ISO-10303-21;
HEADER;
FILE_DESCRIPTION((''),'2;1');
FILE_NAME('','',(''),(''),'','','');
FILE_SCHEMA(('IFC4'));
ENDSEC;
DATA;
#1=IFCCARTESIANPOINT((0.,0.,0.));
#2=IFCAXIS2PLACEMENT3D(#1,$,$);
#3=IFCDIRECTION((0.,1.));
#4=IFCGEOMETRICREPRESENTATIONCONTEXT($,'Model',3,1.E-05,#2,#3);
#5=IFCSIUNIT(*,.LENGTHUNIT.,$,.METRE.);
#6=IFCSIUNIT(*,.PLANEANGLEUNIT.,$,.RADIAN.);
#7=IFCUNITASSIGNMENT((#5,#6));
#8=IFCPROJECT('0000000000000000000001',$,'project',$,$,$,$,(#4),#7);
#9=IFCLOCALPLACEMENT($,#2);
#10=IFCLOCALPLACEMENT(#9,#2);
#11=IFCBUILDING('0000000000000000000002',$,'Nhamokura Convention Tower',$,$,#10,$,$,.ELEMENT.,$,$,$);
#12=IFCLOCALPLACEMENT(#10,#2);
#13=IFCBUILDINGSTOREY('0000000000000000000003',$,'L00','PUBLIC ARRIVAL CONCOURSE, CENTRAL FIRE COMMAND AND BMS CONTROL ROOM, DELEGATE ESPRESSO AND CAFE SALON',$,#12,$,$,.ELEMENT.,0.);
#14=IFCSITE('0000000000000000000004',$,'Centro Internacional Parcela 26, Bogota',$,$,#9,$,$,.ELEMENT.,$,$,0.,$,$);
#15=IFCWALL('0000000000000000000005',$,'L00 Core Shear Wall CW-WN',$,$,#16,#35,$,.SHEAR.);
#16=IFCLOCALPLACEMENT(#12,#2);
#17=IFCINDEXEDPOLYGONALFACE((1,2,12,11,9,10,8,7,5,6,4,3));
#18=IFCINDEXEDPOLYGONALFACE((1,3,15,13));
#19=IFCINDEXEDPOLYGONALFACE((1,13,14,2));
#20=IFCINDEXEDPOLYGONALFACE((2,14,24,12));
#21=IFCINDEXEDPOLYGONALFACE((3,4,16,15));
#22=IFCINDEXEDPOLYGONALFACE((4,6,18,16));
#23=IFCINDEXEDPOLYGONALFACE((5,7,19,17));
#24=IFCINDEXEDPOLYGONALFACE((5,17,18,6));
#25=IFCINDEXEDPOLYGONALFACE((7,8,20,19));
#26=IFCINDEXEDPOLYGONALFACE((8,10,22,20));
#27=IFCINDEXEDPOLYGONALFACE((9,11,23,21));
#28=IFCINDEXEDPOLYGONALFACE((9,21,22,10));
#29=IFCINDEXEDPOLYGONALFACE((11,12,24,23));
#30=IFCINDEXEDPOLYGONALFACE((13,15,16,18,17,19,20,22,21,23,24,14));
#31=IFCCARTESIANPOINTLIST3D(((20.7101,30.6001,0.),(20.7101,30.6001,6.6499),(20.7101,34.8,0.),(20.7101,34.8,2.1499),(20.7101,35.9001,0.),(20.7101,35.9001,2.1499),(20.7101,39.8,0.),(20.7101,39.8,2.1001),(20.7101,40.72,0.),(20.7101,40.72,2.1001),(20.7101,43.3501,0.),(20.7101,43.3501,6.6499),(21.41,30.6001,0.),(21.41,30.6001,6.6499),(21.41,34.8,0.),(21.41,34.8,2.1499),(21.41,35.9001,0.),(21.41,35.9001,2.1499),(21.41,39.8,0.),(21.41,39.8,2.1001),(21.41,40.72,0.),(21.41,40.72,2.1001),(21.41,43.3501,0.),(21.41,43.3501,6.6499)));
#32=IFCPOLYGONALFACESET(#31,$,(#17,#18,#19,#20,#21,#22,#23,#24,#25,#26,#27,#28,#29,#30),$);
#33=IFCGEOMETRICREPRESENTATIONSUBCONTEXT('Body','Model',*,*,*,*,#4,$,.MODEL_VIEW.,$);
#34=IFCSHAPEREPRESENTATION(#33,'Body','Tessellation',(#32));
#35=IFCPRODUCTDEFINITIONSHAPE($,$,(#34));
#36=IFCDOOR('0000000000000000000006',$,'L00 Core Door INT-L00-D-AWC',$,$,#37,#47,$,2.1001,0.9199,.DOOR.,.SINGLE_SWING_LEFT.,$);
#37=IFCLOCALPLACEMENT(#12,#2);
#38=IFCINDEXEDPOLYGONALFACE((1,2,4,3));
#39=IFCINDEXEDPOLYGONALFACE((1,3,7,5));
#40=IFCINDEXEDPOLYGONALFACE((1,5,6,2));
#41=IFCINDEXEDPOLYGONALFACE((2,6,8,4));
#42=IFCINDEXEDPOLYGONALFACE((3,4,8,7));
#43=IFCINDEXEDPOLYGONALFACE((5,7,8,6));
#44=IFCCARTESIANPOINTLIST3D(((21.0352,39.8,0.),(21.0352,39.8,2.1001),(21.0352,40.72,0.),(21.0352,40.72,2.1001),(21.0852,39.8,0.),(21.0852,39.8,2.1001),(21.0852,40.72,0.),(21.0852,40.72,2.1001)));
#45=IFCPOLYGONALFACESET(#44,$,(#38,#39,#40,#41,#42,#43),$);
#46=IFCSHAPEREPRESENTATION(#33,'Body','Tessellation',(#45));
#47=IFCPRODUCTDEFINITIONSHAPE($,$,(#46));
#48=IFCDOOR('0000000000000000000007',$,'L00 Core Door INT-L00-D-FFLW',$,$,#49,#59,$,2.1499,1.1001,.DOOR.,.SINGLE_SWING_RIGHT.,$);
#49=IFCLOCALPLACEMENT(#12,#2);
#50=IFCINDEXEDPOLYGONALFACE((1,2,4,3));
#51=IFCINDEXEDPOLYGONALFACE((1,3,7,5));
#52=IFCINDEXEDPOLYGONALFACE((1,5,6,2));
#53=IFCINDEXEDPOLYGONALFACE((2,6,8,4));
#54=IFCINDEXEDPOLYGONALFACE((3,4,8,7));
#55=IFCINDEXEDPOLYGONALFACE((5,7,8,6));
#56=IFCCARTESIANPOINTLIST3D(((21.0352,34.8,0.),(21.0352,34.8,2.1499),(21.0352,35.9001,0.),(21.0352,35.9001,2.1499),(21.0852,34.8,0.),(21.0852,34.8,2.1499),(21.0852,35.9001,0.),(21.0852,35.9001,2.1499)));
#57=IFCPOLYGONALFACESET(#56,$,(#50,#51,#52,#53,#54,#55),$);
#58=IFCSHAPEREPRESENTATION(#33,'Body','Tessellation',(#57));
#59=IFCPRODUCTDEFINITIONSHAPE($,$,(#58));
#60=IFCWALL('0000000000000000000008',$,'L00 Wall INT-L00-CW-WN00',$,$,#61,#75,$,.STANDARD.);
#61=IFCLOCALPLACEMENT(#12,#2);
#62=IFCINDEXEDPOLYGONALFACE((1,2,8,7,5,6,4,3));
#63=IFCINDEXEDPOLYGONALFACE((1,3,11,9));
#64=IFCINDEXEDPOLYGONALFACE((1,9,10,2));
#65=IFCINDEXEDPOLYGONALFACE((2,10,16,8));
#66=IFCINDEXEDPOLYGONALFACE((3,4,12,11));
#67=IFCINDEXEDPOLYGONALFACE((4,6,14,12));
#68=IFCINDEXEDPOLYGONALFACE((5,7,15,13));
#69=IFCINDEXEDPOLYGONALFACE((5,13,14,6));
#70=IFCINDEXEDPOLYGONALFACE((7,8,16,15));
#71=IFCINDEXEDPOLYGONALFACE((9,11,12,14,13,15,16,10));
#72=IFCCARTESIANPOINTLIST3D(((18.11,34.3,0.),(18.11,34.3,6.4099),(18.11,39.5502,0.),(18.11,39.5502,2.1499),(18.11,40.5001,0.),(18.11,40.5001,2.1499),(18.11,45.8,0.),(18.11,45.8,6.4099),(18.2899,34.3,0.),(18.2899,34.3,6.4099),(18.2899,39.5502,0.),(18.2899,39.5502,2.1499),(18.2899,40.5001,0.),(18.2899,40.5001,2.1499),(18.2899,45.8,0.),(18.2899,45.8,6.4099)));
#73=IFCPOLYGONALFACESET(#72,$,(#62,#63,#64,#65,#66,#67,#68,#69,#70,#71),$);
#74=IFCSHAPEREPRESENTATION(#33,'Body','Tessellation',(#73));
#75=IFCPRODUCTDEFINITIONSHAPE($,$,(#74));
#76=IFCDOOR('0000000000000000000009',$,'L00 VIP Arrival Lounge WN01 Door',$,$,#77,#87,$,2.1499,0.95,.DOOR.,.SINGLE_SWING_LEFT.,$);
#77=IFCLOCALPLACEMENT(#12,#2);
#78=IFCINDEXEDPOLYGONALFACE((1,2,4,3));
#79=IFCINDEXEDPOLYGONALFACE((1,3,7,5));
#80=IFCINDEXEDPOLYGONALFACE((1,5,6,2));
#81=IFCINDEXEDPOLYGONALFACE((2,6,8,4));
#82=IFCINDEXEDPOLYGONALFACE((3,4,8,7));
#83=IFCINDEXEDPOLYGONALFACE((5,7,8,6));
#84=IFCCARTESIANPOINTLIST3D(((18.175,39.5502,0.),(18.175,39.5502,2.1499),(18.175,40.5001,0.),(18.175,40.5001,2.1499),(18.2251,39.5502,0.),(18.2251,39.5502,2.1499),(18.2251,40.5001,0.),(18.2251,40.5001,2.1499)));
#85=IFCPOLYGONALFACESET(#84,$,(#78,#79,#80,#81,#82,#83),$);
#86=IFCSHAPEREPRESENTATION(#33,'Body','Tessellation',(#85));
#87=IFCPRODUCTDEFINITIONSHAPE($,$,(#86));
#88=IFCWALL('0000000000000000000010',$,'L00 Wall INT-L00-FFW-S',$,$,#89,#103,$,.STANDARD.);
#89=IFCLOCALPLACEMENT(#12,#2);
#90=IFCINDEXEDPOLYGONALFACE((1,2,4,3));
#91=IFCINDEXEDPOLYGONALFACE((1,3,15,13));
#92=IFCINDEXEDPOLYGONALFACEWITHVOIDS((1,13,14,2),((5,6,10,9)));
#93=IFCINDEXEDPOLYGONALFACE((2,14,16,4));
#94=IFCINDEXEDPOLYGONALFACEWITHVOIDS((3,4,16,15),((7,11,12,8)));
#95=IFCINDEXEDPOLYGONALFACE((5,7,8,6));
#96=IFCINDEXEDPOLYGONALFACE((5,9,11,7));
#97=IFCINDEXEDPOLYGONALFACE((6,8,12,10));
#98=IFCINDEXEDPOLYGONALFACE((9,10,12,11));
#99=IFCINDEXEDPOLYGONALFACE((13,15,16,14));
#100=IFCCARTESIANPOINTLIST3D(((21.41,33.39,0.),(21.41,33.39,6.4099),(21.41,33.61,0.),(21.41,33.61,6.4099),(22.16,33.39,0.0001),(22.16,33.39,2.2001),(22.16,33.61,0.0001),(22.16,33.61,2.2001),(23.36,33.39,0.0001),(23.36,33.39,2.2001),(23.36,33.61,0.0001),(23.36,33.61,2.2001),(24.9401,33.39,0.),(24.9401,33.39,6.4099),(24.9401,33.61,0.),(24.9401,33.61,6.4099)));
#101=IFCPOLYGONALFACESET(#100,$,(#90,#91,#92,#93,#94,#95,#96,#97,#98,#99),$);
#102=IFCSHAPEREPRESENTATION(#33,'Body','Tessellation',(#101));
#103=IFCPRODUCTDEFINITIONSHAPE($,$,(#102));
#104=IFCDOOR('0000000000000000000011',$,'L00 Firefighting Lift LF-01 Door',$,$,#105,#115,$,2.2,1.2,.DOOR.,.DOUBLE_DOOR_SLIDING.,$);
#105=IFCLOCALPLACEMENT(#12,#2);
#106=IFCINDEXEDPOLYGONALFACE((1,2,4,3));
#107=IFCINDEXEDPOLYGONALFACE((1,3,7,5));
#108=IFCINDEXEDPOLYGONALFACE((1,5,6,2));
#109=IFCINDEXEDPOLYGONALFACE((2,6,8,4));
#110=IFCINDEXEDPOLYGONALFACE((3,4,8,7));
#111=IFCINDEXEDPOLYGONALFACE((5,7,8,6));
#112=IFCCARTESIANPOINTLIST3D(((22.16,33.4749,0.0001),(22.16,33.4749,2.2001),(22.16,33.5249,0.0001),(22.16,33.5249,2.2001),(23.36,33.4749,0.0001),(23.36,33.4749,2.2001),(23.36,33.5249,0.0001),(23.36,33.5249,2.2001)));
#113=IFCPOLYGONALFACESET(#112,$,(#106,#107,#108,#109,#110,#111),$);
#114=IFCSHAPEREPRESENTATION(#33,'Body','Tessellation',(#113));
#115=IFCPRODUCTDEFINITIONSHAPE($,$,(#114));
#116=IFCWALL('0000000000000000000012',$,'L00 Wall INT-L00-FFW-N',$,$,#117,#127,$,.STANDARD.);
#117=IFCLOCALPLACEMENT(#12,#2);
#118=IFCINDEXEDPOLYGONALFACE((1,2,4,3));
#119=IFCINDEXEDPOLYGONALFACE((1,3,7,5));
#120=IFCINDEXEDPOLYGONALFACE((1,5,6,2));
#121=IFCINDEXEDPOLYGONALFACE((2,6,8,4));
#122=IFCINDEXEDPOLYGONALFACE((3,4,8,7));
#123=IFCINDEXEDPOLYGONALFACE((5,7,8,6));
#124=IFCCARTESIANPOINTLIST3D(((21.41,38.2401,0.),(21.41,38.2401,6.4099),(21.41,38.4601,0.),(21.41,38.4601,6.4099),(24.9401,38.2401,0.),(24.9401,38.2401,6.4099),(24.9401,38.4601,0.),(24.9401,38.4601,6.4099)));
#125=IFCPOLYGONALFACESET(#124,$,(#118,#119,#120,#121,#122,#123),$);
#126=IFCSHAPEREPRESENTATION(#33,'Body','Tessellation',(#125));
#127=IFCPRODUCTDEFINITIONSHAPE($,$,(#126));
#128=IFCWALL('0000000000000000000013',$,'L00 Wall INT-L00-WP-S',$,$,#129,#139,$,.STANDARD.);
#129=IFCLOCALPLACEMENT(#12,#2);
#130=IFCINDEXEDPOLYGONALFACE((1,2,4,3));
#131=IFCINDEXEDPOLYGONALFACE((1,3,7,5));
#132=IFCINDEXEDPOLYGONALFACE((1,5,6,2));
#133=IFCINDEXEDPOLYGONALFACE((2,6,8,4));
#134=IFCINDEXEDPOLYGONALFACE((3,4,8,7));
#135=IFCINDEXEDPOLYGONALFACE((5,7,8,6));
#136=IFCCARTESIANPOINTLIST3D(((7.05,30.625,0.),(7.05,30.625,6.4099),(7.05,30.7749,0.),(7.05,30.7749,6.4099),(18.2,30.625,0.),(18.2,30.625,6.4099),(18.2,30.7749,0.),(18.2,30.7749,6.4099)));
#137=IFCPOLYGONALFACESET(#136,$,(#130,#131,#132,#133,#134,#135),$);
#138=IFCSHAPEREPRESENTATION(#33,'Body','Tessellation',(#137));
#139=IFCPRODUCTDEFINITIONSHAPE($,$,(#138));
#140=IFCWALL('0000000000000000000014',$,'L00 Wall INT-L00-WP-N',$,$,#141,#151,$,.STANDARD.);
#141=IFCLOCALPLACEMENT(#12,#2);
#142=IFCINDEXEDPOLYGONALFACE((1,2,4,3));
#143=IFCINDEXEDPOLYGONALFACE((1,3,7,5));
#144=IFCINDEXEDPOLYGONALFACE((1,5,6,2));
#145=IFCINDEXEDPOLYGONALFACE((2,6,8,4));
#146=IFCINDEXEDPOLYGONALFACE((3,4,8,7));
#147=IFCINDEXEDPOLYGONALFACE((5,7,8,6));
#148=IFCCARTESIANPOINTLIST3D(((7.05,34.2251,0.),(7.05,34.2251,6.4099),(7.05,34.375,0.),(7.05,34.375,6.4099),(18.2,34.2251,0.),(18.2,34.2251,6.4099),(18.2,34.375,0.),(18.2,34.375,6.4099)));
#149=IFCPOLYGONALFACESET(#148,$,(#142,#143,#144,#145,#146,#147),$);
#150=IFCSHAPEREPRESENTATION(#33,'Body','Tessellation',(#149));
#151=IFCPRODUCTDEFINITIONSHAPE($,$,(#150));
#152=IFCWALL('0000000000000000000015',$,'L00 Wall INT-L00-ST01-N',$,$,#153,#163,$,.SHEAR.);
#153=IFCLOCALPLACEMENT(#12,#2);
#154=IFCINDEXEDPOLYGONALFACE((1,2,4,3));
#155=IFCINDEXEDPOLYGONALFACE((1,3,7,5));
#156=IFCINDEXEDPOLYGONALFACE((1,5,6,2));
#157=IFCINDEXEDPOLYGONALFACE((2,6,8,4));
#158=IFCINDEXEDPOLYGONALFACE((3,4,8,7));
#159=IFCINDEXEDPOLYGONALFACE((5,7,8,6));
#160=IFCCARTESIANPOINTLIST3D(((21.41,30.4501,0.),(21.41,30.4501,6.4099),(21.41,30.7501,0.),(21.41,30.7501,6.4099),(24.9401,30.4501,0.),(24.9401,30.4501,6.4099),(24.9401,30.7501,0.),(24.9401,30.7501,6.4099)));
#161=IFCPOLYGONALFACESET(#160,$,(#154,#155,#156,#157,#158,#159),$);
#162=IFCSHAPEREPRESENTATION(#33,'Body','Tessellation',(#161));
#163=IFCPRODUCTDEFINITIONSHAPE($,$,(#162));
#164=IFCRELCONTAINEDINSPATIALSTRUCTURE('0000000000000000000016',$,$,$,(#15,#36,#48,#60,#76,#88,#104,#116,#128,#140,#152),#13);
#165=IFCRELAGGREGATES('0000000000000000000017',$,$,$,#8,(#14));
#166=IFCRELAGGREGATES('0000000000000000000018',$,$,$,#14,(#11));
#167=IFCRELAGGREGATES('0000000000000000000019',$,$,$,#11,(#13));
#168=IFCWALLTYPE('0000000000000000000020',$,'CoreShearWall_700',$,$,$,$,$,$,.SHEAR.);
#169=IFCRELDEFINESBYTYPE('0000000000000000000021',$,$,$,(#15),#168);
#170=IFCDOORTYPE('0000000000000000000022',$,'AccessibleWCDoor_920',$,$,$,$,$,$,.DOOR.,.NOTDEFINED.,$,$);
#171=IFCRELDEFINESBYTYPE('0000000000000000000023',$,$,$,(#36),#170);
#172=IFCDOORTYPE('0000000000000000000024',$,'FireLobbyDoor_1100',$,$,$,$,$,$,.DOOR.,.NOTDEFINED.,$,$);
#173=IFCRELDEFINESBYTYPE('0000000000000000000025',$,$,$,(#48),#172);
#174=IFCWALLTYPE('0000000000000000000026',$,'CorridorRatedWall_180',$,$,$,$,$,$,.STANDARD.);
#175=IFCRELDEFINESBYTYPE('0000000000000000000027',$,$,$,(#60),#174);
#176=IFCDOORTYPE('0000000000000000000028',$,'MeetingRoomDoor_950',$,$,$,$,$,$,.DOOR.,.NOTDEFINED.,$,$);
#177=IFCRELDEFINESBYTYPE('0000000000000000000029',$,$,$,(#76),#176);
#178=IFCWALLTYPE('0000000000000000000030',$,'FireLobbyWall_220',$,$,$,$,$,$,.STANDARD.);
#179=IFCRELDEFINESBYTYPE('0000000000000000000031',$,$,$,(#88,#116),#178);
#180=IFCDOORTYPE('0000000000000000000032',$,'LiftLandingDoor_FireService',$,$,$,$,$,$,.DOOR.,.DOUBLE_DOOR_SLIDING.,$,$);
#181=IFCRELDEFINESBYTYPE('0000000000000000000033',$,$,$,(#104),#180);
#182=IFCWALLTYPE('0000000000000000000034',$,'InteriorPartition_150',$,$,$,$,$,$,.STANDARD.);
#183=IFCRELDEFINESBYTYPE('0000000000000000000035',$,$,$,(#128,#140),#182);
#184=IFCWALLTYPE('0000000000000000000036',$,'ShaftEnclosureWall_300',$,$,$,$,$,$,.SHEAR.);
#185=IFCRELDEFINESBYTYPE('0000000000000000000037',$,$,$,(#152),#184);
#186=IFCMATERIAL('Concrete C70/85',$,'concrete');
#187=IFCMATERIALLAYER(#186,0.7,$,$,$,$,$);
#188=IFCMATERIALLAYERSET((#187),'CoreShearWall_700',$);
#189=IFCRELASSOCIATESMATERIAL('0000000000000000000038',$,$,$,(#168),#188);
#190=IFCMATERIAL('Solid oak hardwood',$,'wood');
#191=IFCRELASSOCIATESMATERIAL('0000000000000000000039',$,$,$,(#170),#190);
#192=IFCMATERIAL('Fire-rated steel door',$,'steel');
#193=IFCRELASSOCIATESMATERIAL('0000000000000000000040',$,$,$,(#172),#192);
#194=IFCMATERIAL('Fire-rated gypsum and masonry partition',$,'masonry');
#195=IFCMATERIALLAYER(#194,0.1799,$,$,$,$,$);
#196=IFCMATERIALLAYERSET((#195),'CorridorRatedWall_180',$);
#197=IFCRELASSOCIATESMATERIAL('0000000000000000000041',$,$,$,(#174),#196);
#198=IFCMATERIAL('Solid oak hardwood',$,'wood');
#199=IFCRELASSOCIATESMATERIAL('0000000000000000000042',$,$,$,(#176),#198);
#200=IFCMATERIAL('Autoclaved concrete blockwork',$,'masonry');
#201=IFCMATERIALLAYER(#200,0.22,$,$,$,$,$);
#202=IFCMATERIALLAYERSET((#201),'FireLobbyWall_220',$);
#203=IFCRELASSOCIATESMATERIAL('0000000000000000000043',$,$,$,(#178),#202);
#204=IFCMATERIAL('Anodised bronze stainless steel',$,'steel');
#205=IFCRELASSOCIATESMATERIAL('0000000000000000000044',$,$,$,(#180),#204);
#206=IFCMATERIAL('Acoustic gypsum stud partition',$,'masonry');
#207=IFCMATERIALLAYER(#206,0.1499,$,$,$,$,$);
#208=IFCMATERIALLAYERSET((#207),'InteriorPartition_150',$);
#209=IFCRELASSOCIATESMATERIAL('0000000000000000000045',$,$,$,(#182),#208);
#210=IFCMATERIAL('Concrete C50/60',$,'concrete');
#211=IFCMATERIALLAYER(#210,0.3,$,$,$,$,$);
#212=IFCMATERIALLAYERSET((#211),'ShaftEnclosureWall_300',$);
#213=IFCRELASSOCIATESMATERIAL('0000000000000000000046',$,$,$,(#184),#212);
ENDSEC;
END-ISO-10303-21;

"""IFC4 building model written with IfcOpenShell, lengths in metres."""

from ifc_helpers import new_model, si_unit, direction, frame, frame_2d, origin, place, context, subcontext, project, spatial, rectangle, extrude, material, layer, layer_set, type_object, element, fill, save


model = new_model("IFC4")

# Units and contexts
model_context = context("Model", 3, precision=1e-05, world=origin(), true_north=direction((0.0, 1.0)))
body_context = subcontext(model_context, "Body", "Model", "MODEL_VIEW")
ifc_project = project(units=[si_unit("LENGTHUNIT", "METRE"), si_unit("PLANEANGLEUNIT", "RADIAN")], contexts=[model_context])

# Site, building, storey
site_placement = place(None, origin())
site = spatial("IfcSite", under=ifc_project, at=site_placement, Name="Centro Internacional Parcela 26, Bogota", CompositionType="ELEMENT", RefElevation=0.0)
building_placement = place(site_placement, origin())
building = spatial("IfcBuilding", under=site, at=building_placement, Name="Nhamokura Convention Tower", CompositionType="ELEMENT")
storey_placement = place(building_placement, origin())
storey = spatial("IfcBuildingStorey", under=building, at=storey_placement, Name="L00", Description="PUBLIC ARRIVAL CONCOURSE, CENTRAL FIRE COMMAND AND BMS CONTROL ROOM, DELEGATE ESPRESSO AND CAFE SALON", CompositionType="ELEMENT", Elevation=0.0)

# Wall, openings, doors
ifc_material_1 = material(Name="Concrete C70/85", Category="concrete")
ifc_layer_1 = layer(ifc_material_1, 0.7)
ifc_layer_set_1 = layer_set([ifc_layer_1], Name="CoreShearWall_700")
wall_type_1 = type_object("IfcWallType", Name="CoreShearWall_700", PredefinedType="SHEAR", material=ifc_layer_set_1)
wall_1_placement = place(storey_placement, frame((21.0601, 30.6001, 0.0), z_axis=(0.0, 0.0, 1.0), x_axis=(0.0, 1.0, 0.0)))
wall_1 = element("IfcWall", 1, at=wall_1_placement, inside=storey, type_object=wall_type_1, Name="L00 Core Shear Wall CW-WN", PredefinedType="SHEAR", context=body_context, shape_type="SweptSolid", body=[
    extrude(rectangle(XDim=12.75, YDim=0.7, at=frame_2d((6.375, 0.0))), origin(), (0.0, 0.0, 1.0), 6.6499),
])
opening_1_placement = place(wall_1_placement, frame((4.2, 0.0, 0.0)))
opening_1 = element("IfcOpeningElement", 2, at=opening_1_placement, cuts=wall_1, PredefinedType="OPENING", context=body_context, shape_type="SweptSolid", body=[
    extrude(rectangle(XDim=1.1001, YDim=2.1499, at=frame_2d((0.55, 1.075))), frame((0.0, 0.3599, 0.0), z_axis=(0.0, -1.0, 0.0), x_axis=(1.0, 0.0, 0.0)), (0.0, 0.0, 1.0), 0.72),
])
opening_2_placement = place(wall_1_placement, frame((9.2, 0.0, 0.0)))
opening_2 = element("IfcOpeningElement", 3, at=opening_2_placement, cuts=wall_1, PredefinedType="OPENING", context=body_context, shape_type="SweptSolid", body=[
    extrude(rectangle(XDim=0.9199, YDim=2.1001, at=frame_2d((0.46, 1.05))), frame((0.0, 0.3599, 0.0), z_axis=(0.0, -1.0, 0.0), x_axis=(1.0, 0.0, 0.0)), (0.0, 0.0, 1.0), 0.72),
])
ifc_material_2 = material(Name="Solid oak hardwood", Category="wood")
door_type_1 = type_object("IfcDoorType", Name="AccessibleWCDoor_920", OperationType="NOTDEFINED", PredefinedType="DOOR", material=ifc_material_2)
door_1_placement = place(opening_2_placement, origin())
door_1 = element("IfcDoor", 4, at=door_1_placement, inside=storey, type_object=door_type_1, Name="L00 Core Door INT-L00-D-AWC", OperationType="SINGLE_SWING_LEFT", OverallHeight=2.1001, OverallWidth=0.9199, PredefinedType="DOOR", context=body_context, shape_type="SweptSolid", body=[
    extrude(rectangle(XDim=0.9199, YDim=2.1001, at=frame_2d((0.46, 1.05))), frame((0.0, 0.0249, 0.0), z_axis=(0.0, -1.0, 0.0), x_axis=(1.0, 0.0, 0.0)), (0.0, 0.0, 1.0), 0.05),
])
fill(opening_2, door_1)
ifc_material_3 = material(Name="Fire-rated steel door", Category="steel")
door_type_2 = type_object("IfcDoorType", Name="FireLobbyDoor_1100", OperationType="NOTDEFINED", PredefinedType="DOOR", material=ifc_material_3)
door_2_placement = place(opening_1_placement, origin())
door_2 = element("IfcDoor", 5, at=door_2_placement, inside=storey, type_object=door_type_2, Name="L00 Core Door INT-L00-D-FFLW", OperationType="SINGLE_SWING_RIGHT", OverallHeight=2.1499, OverallWidth=1.1001, PredefinedType="DOOR", context=body_context, shape_type="SweptSolid", body=[
    extrude(rectangle(XDim=1.1001, YDim=2.1499, at=frame_2d((0.55, 1.075))), frame((0.0, 0.0249, 0.0), z_axis=(0.0, -1.0, 0.0), x_axis=(1.0, 0.0, 0.0)), (0.0, 0.0, 1.0), 0.05),
])
fill(opening_1, door_2)

# Walls, openings, doors
ifc_material_4 = material(Name="Fire-rated gypsum and masonry partition", Category="masonry")
ifc_layer_2 = layer(ifc_material_4, 0.1799)
ifc_layer_set_2 = layer_set([ifc_layer_2], Name="CorridorRatedWall_180")
wall_type_2 = type_object("IfcWallType", Name="CorridorRatedWall_180", PredefinedType="STANDARD", material=ifc_layer_set_2)
wall_2_placement = place(storey_placement, frame((18.2, 34.3, 0.0), z_axis=(0.0, 0.0, 1.0), x_axis=(0.0, 1.0, 0.0)))
wall_2 = element("IfcWall", 6, at=wall_2_placement, inside=storey, type_object=wall_type_2, Name="L00 Wall INT-L00-CW-WN00", PredefinedType="STANDARD", context=body_context, shape_type="SweptSolid", body=[
    extrude(rectangle(XDim=11.5, YDim=0.1799, at=frame_2d((5.75, 0.0))), origin(), (0.0, 0.0, 1.0), 6.4099),
])
opening_3_placement = place(wall_2_placement, frame((5.25, 0.0, 0.0)))
opening_3 = element("IfcOpeningElement", 7, at=opening_3_placement, cuts=wall_2, PredefinedType="OPENING", context=body_context, shape_type="SweptSolid", body=[
    extrude(rectangle(XDim=0.95, YDim=2.1499, at=frame_2d((0.4751, 1.075))), frame((0.0, 0.0999, 0.0), z_axis=(0.0, -1.0, 0.0), x_axis=(1.0, 0.0, 0.0)), (0.0, 0.0, 1.0), 0.2),
])
ifc_material_5 = material(Name="Solid oak hardwood", Category="wood")
door_type_3 = type_object("IfcDoorType", Name="MeetingRoomDoor_950", OperationType="NOTDEFINED", PredefinedType="DOOR", material=ifc_material_5)
door_3_placement = place(opening_3_placement, origin())
door_3 = element("IfcDoor", 8, at=door_3_placement, inside=storey, type_object=door_type_3, Name="L00 VIP Arrival Lounge WN01 Door", OperationType="SINGLE_SWING_LEFT", OverallHeight=2.1499, OverallWidth=0.95, PredefinedType="DOOR", context=body_context, shape_type="SweptSolid", body=[
    extrude(rectangle(XDim=0.95, YDim=2.1499, at=frame_2d((0.4751, 1.075))), frame((0.0, 0.0249, 0.0), z_axis=(0.0, -1.0, 0.0), x_axis=(1.0, 0.0, 0.0)), (0.0, 0.0, 1.0), 0.05),
])
fill(opening_3, door_3)
ifc_material_6 = material(Name="Autoclaved concrete blockwork", Category="masonry")
ifc_layer_3 = layer(ifc_material_6, 0.22)
ifc_layer_set_3 = layer_set([ifc_layer_3], Name="FireLobbyWall_220")
wall_type_3 = type_object("IfcWallType", Name="FireLobbyWall_220", PredefinedType="STANDARD", material=ifc_layer_set_3)
wall_3_placement = place(storey_placement, frame((21.4099, 33.5, 0.0), z_axis=(0.0, 0.0, 1.0), x_axis=(1.0, 0.0, 0.0)))
wall_3 = element("IfcWall", 9, at=wall_3_placement, inside=storey, type_object=wall_type_3, Name="L00 Wall INT-L00-FFW-S", PredefinedType="STANDARD", context=body_context, shape_type="SweptSolid", body=[
    extrude(rectangle(XDim=3.53, YDim=0.22, at=frame_2d((1.7651, 0.0))), origin(), (0.0, 0.0, 1.0), 6.4099),
])
opening_4_placement = place(wall_3_placement, frame((0.75, 0.0, 0.0)))
opening_4 = element("IfcOpeningElement", 10, at=opening_4_placement, cuts=wall_3, PredefinedType="OPENING", context=body_context, shape_type="SweptSolid", body=[
    extrude(rectangle(XDim=1.2, YDim=2.2, at=frame_2d((0.6001, 1.1001))), frame((0.0, 0.1199, 0.0), z_axis=(0.0, -1.0, 0.0), x_axis=(1.0, 0.0, 0.0)), (0.0, 0.0, 1.0), 0.24),
])
ifc_material_7 = material(Name="Anodised bronze stainless steel", Category="steel")
door_type_4 = type_object("IfcDoorType", Name="LiftLandingDoor_FireService", OperationType="DOUBLE_DOOR_SLIDING", PredefinedType="DOOR", material=ifc_material_7)
door_4_placement = place(opening_4_placement, origin())
door_4 = element("IfcDoor", 11, at=door_4_placement, inside=storey, type_object=door_type_4, Name="L00 Firefighting Lift LF-01 Door", OperationType="DOUBLE_DOOR_SLIDING", OverallHeight=2.2, OverallWidth=1.2, PredefinedType="DOOR", context=body_context, shape_type="SweptSolid", body=[
    extrude(rectangle(XDim=1.2, YDim=2.2, at=frame_2d((0.6001, 1.1001))), frame((0.0, 0.0249, 0.0), z_axis=(0.0, -1.0, 0.0), x_axis=(1.0, 0.0, 0.0)), (0.0, 0.0, 1.0), 0.05),
])
fill(opening_4, door_4)

# Walls
wall_4_placement = place(storey_placement, frame((21.4099, 38.3501, 0.0), z_axis=(0.0, 0.0, 1.0), x_axis=(1.0, 0.0, 0.0)))
element("IfcWall", 12, at=wall_4_placement, inside=storey, type_object=wall_type_3, Name="L00 Wall INT-L00-FFW-N", PredefinedType="STANDARD", context=body_context, shape_type="SweptSolid", body=[
    extrude(rectangle(XDim=3.53, YDim=0.22, at=frame_2d((1.7651, 0.0))), origin(), (0.0, 0.0, 1.0), 6.4099),
])
ifc_material_8 = material(Name="Acoustic gypsum stud partition", Category="masonry")
ifc_layer_4 = layer(ifc_material_8, 0.1499)
ifc_layer_set_4 = layer_set([ifc_layer_4], Name="InteriorPartition_150")
wall_type_4 = type_object("IfcWallType", Name="InteriorPartition_150", PredefinedType="STANDARD", material=ifc_layer_set_4)
for number, where, z_axis, x_axis, name in (
    (13, (7.05, 30.7, 0.0), (0.0, 0.0, 1.0), (1.0, 0.0, 0.0), "L00 Wall INT-L00-WP-S"),
    (14, (7.05, 34.3, 0.0), (0.0, 0.0, 1.0), (1.0, 0.0, 0.0), "L00 Wall INT-L00-WP-N"),
):
    element("IfcWall", number, at=place(storey_placement, frame(where, z_axis=z_axis, x_axis=x_axis)), inside=storey, type_object=wall_type_4, Name=name, PredefinedType="STANDARD", context=body_context, shape_type="SweptSolid", body=[
        extrude(rectangle(XDim=11.1499, YDim=0.1499, at=frame_2d((5.575, 0.0))), origin(), (0.0, 0.0, 1.0), 6.4099),
    ])
ifc_material_9 = material(Name="Concrete C50/60", Category="concrete")
ifc_layer_5 = layer(ifc_material_9, 0.3)
ifc_layer_set_5 = layer_set([ifc_layer_5], Name="ShaftEnclosureWall_300")
wall_type_5 = type_object("IfcWallType", Name="ShaftEnclosureWall_300", PredefinedType="SHEAR", material=ifc_layer_set_5)
wall_5_placement = place(storey_placement, frame((21.4099, 30.6001, 0.0), z_axis=(0.0, 0.0, 1.0), x_axis=(1.0, 0.0, 0.0)))
element("IfcWall", 15, at=wall_5_placement, inside=storey, type_object=wall_type_5, Name="L00 Wall INT-L00-ST01-N", PredefinedType="SHEAR", context=body_context, shape_type="SweptSolid", body=[
    extrude(rectangle(XDim=3.53, YDim=0.3, at=frame_2d((1.7651, 0.0))), origin(), (0.0, 0.0, 1.0), 6.4099),
])

save(model, "model.ifc")
